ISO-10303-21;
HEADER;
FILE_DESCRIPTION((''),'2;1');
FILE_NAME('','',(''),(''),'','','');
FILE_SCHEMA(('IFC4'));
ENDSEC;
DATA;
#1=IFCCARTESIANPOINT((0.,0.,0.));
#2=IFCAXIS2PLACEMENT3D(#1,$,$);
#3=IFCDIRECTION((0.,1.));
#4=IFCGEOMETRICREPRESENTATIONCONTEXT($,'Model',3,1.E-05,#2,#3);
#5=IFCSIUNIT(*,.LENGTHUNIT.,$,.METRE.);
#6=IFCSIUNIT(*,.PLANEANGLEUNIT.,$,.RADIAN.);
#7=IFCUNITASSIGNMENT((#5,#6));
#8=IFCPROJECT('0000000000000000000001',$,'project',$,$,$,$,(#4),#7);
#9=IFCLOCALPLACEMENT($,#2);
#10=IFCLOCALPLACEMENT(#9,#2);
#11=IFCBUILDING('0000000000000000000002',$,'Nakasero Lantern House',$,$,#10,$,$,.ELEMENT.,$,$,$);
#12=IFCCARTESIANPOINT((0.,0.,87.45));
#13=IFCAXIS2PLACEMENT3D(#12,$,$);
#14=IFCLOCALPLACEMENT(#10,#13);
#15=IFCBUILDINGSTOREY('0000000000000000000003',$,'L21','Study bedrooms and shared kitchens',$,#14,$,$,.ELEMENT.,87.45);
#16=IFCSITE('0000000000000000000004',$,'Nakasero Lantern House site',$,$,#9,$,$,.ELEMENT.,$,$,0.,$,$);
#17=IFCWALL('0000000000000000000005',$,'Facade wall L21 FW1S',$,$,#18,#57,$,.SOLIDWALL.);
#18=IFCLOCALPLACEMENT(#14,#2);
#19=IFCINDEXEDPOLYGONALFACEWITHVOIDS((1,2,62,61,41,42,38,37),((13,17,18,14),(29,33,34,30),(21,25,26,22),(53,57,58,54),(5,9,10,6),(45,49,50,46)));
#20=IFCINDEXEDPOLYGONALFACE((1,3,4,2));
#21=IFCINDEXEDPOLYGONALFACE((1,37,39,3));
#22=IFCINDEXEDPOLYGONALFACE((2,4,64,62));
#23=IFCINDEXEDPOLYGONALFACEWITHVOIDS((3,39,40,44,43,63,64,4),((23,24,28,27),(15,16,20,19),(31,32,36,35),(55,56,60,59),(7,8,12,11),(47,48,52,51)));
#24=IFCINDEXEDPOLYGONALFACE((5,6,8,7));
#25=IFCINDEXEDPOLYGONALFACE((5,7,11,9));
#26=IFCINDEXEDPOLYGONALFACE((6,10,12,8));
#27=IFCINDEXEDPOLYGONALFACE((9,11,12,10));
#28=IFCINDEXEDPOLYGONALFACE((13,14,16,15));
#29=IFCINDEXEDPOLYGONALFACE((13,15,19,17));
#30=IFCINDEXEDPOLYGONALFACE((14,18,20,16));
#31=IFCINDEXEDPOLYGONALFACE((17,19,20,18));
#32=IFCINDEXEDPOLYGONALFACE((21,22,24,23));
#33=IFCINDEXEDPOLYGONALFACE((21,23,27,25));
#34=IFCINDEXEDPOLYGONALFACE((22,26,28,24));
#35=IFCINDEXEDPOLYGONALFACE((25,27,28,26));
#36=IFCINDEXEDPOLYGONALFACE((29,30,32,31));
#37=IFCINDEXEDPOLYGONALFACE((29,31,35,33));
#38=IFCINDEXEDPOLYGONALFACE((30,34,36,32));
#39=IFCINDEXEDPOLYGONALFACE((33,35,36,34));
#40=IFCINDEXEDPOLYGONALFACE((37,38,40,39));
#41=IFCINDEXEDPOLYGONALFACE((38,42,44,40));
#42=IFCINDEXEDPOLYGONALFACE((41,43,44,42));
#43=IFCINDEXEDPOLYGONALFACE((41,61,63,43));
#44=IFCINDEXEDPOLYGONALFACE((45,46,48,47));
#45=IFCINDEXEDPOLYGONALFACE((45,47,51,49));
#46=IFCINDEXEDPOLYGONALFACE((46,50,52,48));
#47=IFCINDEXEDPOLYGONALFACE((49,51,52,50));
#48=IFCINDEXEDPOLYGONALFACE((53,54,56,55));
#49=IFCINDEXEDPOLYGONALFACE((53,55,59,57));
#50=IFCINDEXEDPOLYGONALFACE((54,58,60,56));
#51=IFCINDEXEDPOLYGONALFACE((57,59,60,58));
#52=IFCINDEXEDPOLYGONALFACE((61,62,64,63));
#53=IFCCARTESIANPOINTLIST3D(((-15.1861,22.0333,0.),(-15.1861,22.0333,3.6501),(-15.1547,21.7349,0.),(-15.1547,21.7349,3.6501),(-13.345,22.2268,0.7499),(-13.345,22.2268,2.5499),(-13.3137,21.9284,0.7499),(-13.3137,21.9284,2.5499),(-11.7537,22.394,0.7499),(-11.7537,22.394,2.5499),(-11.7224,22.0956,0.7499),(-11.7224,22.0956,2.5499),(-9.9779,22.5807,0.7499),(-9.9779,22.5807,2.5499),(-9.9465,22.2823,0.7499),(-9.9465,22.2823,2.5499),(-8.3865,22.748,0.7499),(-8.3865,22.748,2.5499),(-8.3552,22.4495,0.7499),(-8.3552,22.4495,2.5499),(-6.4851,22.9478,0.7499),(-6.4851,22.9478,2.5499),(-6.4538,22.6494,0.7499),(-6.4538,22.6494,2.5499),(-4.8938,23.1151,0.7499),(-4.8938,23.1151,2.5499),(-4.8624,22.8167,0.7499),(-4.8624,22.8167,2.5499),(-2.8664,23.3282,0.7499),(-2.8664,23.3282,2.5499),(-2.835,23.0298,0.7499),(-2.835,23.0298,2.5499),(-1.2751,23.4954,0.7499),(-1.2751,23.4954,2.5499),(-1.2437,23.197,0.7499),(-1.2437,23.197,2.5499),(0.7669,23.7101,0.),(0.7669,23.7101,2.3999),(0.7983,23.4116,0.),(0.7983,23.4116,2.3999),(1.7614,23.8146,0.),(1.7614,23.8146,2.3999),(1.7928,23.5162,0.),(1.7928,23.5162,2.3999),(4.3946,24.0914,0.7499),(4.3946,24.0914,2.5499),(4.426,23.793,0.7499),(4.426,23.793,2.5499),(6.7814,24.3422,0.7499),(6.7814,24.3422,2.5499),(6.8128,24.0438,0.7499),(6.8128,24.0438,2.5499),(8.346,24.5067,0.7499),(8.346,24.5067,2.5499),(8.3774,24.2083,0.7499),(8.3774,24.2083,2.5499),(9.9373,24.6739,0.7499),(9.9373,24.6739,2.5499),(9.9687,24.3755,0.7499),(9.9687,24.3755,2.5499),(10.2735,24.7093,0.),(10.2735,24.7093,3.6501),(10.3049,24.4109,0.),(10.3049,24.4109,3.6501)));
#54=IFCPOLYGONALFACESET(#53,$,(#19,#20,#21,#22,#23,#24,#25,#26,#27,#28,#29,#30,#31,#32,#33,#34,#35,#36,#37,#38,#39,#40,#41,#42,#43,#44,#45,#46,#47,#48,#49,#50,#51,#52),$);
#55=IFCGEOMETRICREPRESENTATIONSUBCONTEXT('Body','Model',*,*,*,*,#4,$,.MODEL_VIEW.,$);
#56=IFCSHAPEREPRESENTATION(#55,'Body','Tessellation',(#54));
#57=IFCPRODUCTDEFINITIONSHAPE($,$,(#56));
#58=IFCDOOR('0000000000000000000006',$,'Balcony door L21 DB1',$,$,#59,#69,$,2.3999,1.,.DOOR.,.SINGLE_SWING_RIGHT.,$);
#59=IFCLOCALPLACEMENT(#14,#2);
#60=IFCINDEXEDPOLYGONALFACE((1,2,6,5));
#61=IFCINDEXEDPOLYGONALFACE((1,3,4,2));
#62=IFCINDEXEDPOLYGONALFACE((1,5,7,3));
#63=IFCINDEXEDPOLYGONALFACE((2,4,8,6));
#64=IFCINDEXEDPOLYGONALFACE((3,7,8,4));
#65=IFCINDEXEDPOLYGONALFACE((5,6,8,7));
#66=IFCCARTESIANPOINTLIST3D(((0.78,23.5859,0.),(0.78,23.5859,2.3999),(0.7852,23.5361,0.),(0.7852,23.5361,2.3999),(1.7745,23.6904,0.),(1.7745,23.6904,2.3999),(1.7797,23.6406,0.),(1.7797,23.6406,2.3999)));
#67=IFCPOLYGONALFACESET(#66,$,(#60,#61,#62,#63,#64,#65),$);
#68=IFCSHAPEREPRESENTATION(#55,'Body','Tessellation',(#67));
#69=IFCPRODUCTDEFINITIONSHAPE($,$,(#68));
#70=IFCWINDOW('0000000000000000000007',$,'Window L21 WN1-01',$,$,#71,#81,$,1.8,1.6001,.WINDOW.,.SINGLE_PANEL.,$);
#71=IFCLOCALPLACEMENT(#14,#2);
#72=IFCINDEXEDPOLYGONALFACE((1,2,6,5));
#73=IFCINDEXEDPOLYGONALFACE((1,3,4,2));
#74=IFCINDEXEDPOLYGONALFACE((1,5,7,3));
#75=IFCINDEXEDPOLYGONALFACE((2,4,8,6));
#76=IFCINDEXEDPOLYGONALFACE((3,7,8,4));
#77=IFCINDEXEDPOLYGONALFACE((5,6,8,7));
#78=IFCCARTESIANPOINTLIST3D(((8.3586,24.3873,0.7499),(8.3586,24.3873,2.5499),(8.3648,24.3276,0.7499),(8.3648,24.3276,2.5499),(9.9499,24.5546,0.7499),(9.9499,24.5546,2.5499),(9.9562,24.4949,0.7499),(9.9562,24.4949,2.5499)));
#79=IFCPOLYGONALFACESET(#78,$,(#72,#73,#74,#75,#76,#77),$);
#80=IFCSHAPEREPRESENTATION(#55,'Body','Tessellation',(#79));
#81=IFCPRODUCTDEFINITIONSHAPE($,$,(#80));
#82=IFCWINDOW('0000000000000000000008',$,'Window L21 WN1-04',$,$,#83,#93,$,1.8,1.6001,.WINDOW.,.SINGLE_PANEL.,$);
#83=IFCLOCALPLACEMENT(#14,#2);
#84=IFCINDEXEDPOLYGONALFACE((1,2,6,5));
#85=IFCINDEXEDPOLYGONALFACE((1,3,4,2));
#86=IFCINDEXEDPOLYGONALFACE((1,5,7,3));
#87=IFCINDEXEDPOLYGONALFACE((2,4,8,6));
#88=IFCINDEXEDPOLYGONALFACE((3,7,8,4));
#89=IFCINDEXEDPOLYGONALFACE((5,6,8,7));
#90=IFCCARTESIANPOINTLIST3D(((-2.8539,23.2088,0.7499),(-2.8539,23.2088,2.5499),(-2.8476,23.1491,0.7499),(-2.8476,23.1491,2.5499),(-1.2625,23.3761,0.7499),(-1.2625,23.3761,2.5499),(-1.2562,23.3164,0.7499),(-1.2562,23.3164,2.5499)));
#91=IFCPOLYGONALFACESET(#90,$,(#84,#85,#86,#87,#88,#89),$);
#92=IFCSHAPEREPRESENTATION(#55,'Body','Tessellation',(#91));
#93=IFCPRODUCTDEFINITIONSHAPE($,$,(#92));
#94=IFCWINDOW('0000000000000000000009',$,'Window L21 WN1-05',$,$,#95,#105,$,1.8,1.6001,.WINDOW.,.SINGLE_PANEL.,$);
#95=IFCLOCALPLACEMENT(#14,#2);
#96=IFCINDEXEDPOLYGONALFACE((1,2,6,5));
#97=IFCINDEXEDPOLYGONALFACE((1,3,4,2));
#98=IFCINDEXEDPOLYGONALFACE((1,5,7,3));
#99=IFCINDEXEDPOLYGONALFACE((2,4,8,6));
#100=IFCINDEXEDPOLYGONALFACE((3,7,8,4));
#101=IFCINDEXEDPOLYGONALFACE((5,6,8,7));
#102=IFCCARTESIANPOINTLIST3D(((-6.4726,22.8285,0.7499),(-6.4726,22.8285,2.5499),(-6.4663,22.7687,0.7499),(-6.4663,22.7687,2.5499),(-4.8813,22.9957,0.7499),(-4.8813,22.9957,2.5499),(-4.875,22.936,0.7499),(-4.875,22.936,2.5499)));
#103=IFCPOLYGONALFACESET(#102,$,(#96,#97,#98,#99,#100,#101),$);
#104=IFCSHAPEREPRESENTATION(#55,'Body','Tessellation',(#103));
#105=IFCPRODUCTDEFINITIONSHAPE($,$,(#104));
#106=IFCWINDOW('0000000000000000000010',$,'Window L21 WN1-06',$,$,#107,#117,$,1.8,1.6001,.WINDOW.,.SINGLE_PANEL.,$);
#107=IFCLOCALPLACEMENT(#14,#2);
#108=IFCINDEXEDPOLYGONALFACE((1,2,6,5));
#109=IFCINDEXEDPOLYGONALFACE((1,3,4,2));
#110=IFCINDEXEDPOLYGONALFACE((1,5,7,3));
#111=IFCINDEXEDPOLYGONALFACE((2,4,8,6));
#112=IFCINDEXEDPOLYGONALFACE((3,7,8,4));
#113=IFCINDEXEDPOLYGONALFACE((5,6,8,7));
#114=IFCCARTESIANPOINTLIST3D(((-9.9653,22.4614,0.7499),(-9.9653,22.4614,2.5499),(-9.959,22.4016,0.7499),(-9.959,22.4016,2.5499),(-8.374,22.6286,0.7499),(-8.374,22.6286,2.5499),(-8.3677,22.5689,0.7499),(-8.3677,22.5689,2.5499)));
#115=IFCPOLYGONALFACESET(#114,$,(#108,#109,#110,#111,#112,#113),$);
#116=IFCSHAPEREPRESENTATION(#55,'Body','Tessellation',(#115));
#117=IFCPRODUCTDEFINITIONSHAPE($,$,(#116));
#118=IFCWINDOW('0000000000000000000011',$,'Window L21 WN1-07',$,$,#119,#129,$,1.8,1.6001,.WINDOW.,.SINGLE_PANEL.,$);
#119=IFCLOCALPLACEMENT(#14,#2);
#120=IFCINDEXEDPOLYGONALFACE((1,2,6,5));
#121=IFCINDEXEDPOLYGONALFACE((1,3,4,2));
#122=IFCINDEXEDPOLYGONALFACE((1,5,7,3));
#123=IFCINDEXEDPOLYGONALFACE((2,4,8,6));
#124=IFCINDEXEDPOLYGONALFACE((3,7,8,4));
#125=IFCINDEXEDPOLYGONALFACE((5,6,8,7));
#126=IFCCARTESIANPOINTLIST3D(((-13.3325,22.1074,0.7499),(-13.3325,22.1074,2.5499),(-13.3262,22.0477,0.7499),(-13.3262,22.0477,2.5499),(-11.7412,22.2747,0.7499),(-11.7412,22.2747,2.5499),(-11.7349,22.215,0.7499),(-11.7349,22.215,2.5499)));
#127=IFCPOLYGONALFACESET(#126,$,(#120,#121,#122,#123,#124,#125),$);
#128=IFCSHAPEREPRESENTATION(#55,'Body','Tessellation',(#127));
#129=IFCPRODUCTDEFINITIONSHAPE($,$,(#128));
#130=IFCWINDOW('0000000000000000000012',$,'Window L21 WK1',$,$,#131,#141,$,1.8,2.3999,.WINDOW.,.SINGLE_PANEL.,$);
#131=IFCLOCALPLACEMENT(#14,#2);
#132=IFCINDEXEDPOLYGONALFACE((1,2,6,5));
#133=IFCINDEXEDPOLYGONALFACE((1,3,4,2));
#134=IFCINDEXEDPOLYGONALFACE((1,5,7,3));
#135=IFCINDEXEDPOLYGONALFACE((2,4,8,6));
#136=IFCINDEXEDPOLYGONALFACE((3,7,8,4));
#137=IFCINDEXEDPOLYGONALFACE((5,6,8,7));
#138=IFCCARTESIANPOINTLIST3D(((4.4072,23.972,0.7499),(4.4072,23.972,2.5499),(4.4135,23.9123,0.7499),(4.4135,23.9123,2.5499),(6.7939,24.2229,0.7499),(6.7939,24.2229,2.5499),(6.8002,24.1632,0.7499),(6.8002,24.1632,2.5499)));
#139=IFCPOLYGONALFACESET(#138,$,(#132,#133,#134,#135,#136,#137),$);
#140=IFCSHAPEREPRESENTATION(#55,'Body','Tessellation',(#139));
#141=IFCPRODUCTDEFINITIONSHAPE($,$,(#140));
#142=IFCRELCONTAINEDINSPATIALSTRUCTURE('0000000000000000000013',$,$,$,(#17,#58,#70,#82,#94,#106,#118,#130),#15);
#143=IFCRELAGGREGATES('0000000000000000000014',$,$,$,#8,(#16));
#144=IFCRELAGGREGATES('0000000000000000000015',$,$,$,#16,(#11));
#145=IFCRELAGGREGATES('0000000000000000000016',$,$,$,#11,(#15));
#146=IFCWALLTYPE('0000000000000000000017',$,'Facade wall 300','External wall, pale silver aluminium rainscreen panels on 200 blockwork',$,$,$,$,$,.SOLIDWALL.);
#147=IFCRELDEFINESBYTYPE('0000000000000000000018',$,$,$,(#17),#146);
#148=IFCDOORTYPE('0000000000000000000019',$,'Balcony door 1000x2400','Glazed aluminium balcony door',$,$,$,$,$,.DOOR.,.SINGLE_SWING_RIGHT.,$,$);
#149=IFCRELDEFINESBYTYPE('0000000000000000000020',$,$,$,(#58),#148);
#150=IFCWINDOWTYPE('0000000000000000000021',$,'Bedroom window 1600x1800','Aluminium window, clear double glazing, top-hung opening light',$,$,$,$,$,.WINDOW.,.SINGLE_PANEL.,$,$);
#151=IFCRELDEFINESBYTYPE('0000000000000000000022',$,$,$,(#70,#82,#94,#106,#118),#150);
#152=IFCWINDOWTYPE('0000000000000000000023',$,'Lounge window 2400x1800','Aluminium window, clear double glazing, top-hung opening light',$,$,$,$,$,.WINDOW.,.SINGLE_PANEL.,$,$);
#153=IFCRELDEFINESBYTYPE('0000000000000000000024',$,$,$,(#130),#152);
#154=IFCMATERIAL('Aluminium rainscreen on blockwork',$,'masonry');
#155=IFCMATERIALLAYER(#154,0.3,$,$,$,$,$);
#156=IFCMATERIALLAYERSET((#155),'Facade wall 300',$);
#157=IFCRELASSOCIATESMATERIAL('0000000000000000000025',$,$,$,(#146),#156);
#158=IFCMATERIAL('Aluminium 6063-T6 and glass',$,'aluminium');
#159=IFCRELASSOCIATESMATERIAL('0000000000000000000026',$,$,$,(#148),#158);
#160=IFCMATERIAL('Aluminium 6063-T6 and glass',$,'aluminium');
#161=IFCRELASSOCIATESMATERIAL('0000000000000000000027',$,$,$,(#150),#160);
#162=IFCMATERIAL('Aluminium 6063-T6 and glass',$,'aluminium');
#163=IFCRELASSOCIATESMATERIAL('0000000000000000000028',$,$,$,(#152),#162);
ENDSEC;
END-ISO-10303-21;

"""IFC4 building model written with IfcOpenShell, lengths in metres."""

from ifc_helpers import new_model, si_unit, direction, frame, frame_2d, origin, place, context, subcontext, project, spatial, rectangle, extrude, material, layer, layer_set, type_object, element, fill, save


model = new_model("IFC4")

# Units and contexts
model_context = context("Model", 3, precision=1e-05, world=origin(), true_north=direction((0.0, 1.0)))
body_context = subcontext(model_context, "Body", "Model", "MODEL_VIEW")
ifc_project = project(units=[si_unit("LENGTHUNIT", "METRE"), si_unit("PLANEANGLEUNIT", "RADIAN")], contexts=[model_context])

# Site, building, storey
site_placement = place(None, origin())
site = spatial("IfcSite", under=ifc_project, at=site_placement, Name="Nakasero Lantern House site", CompositionType="ELEMENT", RefElevation=0.0)
building_placement = place(site_placement, origin())
building = spatial("IfcBuilding", under=site, at=building_placement, Name="Nakasero Lantern House", CompositionType="ELEMENT")
storey_placement = place(building_placement, frame((0.0, 0.0, 87.45)))
storey = spatial("IfcBuildingStorey", under=building, at=storey_placement, Name="L21", Description="Study bedrooms and shared kitchens", CompositionType="ELEMENT", Elevation=87.45)

# Wall, openings, door, windows
ifc_material_1 = material(Name="Aluminium rainscreen on blockwork", Category="masonry")
ifc_layer_1 = layer(ifc_material_1, 0.3)
ifc_layer_set_1 = layer_set([ifc_layer_1], Name="Facade wall 300")
wall_type_1 = type_object("IfcWallType", Name="Facade wall 300", Description="External wall, pale silver aluminium rainscreen panels on 200 blockwork", PredefinedType="SOLIDWALL", material=ifc_layer_set_1)
wall_1_placement = place(storey_placement, frame((10.2891, 24.5601, 0.0), z_axis=(0.0, 0.0, 1.0), x_axis=(-0.994521, -0.104532, 0.0)))
wall_1 = element("IfcWall", 1, at=wall_1_placement, inside=storey, type_object=wall_type_1, Name="Facade wall L21 FW1S", PredefinedType="SOLIDWALL", context=body_context, shape_type="SweptSolid", body=[
    extrude(rectangle(XDim=25.5999, YDim=0.3, at=frame_2d((12.7998, 0.0))), origin(), (0.0, 0.0, 1.0), 3.6501),
])
opening_1_placement = place(wall_1_placement, frame((0.3379, 0.0, 0.75)))
opening_1 = element("IfcOpeningElement", 2, at=opening_1_placement, cuts=wall_1, PredefinedType="OPENING", context=body_context, shape_type="SweptSolid", body=[
    extrude(rectangle(XDim=1.6001, YDim=1.8, at=frame_2d((0.8, 0.8999))), frame((0.0, 0.1699, 0.0), z_axis=(0.0, -1.0, 0.0), x_axis=(1.0, 0.0, 0.0)), (0.0, 0.0, 1.0), 0.3401),
])
opening_2_placement = place(wall_1_placement, frame((11.6121, 0.0, 0.75)))
opening_2 = element("IfcOpeningElement", 3, at=opening_2_placement, cuts=wall_1, PredefinedType="OPENING", context=body_context, shape_type="SweptSolid", body=[
    extrude(rectangle(XDim=1.6001, YDim=1.8, at=frame_2d((0.8, 0.8999))), frame((0.0, 0.1699, 0.0), z_axis=(0.0, -1.0, 0.0), x_axis=(1.0, 0.0, 0.0)), (0.0, 0.0, 1.0), 0.3401),
])
opening_3_placement = place(wall_1_placement, frame((15.2507, 0.0, 0.75)))
opening_3 = element("IfcOpeningElement", 4, at=opening_3_placement, cuts=wall_1, PredefinedType="OPENING", context=body_context, shape_type="SweptSolid", body=[
    extrude(rectangle(XDim=1.6001, YDim=1.8, at=frame_2d((0.8, 0.8999))), frame((0.0, 0.1699, 0.0), z_axis=(0.0, -1.0, 0.0), x_axis=(1.0, 0.0, 0.0)), (0.0, 0.0, 1.0), 0.3401),
])
opening_4_placement = place(wall_1_placement, frame((18.7627, 0.0, 0.75)))
opening_4 = element("IfcOpeningElement", 5, at=opening_4_placement, cuts=wall_1, PredefinedType="OPENING", context=body_context, shape_type="SweptSolid", body=[
    extrude(rectangle(XDim=1.6001, YDim=1.8, at=frame_2d((0.8, 0.8999))), frame((0.0, 0.1699, 0.0), z_axis=(0.0, -1.0, 0.0), x_axis=(1.0, 0.0, 0.0)), (0.0, 0.0, 1.0), 0.3401),
])
opening_5_placement = place(wall_1_placement, frame((22.1484, 0.0, 0.75)))
opening_5 = element("IfcOpeningElement", 6, at=opening_5_placement, cuts=wall_1, PredefinedType="OPENING", context=body_context, shape_type="SweptSolid", body=[
    extrude(rectangle(XDim=1.6001, YDim=1.8, at=frame_2d((0.8, 0.8999))), frame((0.0, 0.1699, 0.0), z_axis=(0.0, -1.0, 0.0), x_axis=(1.0, 0.0, 0.0)), (0.0, 0.0, 1.0), 0.3401),
])
opening_6_placement = place(wall_1_placement, frame((3.5112, 0.0, 0.75)))
opening_6 = element("IfcOpeningElement", 7, at=opening_6_placement, cuts=wall_1, PredefinedType="OPENING", context=body_context, shape_type="SweptSolid", body=[
    extrude(rectangle(XDim=2.3999, YDim=1.8, at=frame_2d((1.2, 0.8999))), frame((0.0, 0.1699, 0.0), z_axis=(0.0, -1.0, 0.0), x_axis=(1.0, 0.0, 0.0)), (0.0, 0.0, 1.0), 0.3401),
])
opening_7_placement = place(wall_1_placement, frame((8.5588, 0.0, 0.0)))
opening_7 = element("IfcOpeningElement", 8, at=opening_7_placement, cuts=wall_1, PredefinedType="OPENING", context=body_context, shape_type="SweptSolid", body=[
    extrude(rectangle(XDim=1.0, YDim=2.3999, at=frame_2d((0.5, 1.2))), frame((0.0, 0.1699, 0.0), z_axis=(0.0, -1.0, 0.0), x_axis=(1.0, 0.0, 0.0)), (0.0, 0.0, 1.0), 0.3401),
])
ifc_material_2 = material(Name="Aluminium 6063-T6 and glass", Category="aluminium")
door_type_1 = type_object("IfcDoorType", Name="Balcony door 1000x2400", Description="Glazed aluminium balcony door", OperationType="SINGLE_SWING_RIGHT", PredefinedType="DOOR", material=ifc_material_2)
door_1_placement = place(opening_7_placement, origin())
door_1 = element("IfcDoor", 9, at=door_1_placement, inside=storey, type_object=door_type_1, Name="Balcony door L21 DB1", OperationType="SINGLE_SWING_RIGHT", OverallHeight=2.3999, OverallWidth=1.0, PredefinedType="DOOR", context=body_context, shape_type="SweptSolid", body=[
    extrude(rectangle(XDim=1.0, YDim=2.3999, at=frame_2d((0.5, 1.2))), frame((0.0, 0.0249, 0.0), z_axis=(0.0, -1.0, 0.0), x_axis=(1.0, 0.0, 0.0)), (0.0, 0.0, 1.0), 0.05),
])
fill(opening_7, door_1)
ifc_material_3 = material(Name="Aluminium 6063-T6 and glass", Category="aluminium")
window_type_1 = type_object("IfcWindowType", Name="Bedroom window 1600x1800", Description="Aluminium window, clear double glazing, top-hung opening light", PartitioningType="SINGLE_PANEL", PredefinedType="WINDOW", material=ifc_material_3)
window_1_placement = place(opening_1_placement, origin())
window_1 = element("IfcWindow", 10, at=window_1_placement, inside=storey, type_object=window_type_1, Name="Window L21 WN1-01", OverallHeight=1.8, OverallWidth=1.6001, PartitioningType="SINGLE_PANEL", PredefinedType="WINDOW", context=body_context, shape_type="SweptSolid", body=[
    extrude(rectangle(XDim=1.6001, YDim=1.8, at=frame_2d((0.8, 0.8999))), frame((0.0, 0.03, 0.0), z_axis=(0.0, -1.0, 0.0), x_axis=(1.0, 0.0, 0.0)), (0.0, 0.0, 1.0), 0.0601),
])
fill(opening_1, window_1)
window_2_placement = place(opening_2_placement, origin())
window_2 = element("IfcWindow", 11, at=window_2_placement, inside=storey, type_object=window_type_1, Name="Window L21 WN1-04", OverallHeight=1.8, OverallWidth=1.6001, PartitioningType="SINGLE_PANEL", PredefinedType="WINDOW", context=body_context, shape_type="SweptSolid", body=[
    extrude(rectangle(XDim=1.6001, YDim=1.8, at=frame_2d((0.8, 0.8999))), frame((0.0, 0.03, 0.0), z_axis=(0.0, -1.0, 0.0), x_axis=(1.0, 0.0, 0.0)), (0.0, 0.0, 1.0), 0.0601),
])
fill(opening_2, window_2)
window_3_placement = place(opening_3_placement, origin())
window_3 = element("IfcWindow", 12, at=window_3_placement, inside=storey, type_object=window_type_1, Name="Window L21 WN1-05", OverallHeight=1.8, OverallWidth=1.6001, PartitioningType="SINGLE_PANEL", PredefinedType="WINDOW", context=body_context, shape_type="SweptSolid", body=[
    extrude(rectangle(XDim=1.6001, YDim=1.8, at=frame_2d((0.8, 0.8999))), frame((0.0, 0.03, 0.0), z_axis=(0.0, -1.0, 0.0), x_axis=(1.0, 0.0, 0.0)), (0.0, 0.0, 1.0), 0.0601),
])
fill(opening_3, window_3)
window_4_placement = place(opening_4_placement, origin())
window_4 = element("IfcWindow", 13, at=window_4_placement, inside=storey, type_object=window_type_1, Name="Window L21 WN1-06", OverallHeight=1.8, OverallWidth=1.6001, PartitioningType="SINGLE_PANEL", PredefinedType="WINDOW", context=body_context, shape_type="SweptSolid", body=[
    extrude(rectangle(XDim=1.6001, YDim=1.8, at=frame_2d((0.8, 0.8999))), frame((0.0, 0.03, 0.0), z_axis=(0.0, -1.0, 0.0), x_axis=(1.0, 0.0, 0.0)), (0.0, 0.0, 1.0), 0.0601),
])
fill(opening_4, window_4)
window_5_placement = place(opening_5_placement, origin())
window_5 = element("IfcWindow", 14, at=window_5_placement, inside=storey, type_object=window_type_1, Name="Window L21 WN1-07", OverallHeight=1.8, OverallWidth=1.6001, PartitioningType="SINGLE_PANEL", PredefinedType="WINDOW", context=body_context, shape_type="SweptSolid", body=[
    extrude(rectangle(XDim=1.6001, YDim=1.8, at=frame_2d((0.8, 0.8999))), frame((0.0, 0.03, 0.0), z_axis=(0.0, -1.0, 0.0), x_axis=(1.0, 0.0, 0.0)), (0.0, 0.0, 1.0), 0.0601),
])
fill(opening_5, window_5)
ifc_material_4 = material(Name="Aluminium 6063-T6 and glass", Category="aluminium")
window_type_2 = type_object("IfcWindowType", Name="Lounge window 2400x1800", Description="Aluminium window, clear double glazing, top-hung opening light", PartitioningType="SINGLE_PANEL", PredefinedType="WINDOW", material=ifc_material_4)
window_6_placement = place(opening_6_placement, origin())
window_6 = element("IfcWindow", 15, at=window_6_placement, inside=storey, type_object=window_type_2, Name="Window L21 WK1", OverallHeight=1.8, OverallWidth=2.3999, PartitioningType="SINGLE_PANEL", PredefinedType="WINDOW", context=body_context, shape_type="SweptSolid", body=[
    extrude(rectangle(XDim=2.3999, YDim=1.8, at=frame_2d((1.2, 0.8999))), frame((0.0, 0.03, 0.0), z_axis=(0.0, -1.0, 0.0), x_axis=(1.0, 0.0, 0.0)), (0.0, 0.0, 1.0), 0.0601),
])
fill(opening_6, window_6)

save(model, "model.ifc")
